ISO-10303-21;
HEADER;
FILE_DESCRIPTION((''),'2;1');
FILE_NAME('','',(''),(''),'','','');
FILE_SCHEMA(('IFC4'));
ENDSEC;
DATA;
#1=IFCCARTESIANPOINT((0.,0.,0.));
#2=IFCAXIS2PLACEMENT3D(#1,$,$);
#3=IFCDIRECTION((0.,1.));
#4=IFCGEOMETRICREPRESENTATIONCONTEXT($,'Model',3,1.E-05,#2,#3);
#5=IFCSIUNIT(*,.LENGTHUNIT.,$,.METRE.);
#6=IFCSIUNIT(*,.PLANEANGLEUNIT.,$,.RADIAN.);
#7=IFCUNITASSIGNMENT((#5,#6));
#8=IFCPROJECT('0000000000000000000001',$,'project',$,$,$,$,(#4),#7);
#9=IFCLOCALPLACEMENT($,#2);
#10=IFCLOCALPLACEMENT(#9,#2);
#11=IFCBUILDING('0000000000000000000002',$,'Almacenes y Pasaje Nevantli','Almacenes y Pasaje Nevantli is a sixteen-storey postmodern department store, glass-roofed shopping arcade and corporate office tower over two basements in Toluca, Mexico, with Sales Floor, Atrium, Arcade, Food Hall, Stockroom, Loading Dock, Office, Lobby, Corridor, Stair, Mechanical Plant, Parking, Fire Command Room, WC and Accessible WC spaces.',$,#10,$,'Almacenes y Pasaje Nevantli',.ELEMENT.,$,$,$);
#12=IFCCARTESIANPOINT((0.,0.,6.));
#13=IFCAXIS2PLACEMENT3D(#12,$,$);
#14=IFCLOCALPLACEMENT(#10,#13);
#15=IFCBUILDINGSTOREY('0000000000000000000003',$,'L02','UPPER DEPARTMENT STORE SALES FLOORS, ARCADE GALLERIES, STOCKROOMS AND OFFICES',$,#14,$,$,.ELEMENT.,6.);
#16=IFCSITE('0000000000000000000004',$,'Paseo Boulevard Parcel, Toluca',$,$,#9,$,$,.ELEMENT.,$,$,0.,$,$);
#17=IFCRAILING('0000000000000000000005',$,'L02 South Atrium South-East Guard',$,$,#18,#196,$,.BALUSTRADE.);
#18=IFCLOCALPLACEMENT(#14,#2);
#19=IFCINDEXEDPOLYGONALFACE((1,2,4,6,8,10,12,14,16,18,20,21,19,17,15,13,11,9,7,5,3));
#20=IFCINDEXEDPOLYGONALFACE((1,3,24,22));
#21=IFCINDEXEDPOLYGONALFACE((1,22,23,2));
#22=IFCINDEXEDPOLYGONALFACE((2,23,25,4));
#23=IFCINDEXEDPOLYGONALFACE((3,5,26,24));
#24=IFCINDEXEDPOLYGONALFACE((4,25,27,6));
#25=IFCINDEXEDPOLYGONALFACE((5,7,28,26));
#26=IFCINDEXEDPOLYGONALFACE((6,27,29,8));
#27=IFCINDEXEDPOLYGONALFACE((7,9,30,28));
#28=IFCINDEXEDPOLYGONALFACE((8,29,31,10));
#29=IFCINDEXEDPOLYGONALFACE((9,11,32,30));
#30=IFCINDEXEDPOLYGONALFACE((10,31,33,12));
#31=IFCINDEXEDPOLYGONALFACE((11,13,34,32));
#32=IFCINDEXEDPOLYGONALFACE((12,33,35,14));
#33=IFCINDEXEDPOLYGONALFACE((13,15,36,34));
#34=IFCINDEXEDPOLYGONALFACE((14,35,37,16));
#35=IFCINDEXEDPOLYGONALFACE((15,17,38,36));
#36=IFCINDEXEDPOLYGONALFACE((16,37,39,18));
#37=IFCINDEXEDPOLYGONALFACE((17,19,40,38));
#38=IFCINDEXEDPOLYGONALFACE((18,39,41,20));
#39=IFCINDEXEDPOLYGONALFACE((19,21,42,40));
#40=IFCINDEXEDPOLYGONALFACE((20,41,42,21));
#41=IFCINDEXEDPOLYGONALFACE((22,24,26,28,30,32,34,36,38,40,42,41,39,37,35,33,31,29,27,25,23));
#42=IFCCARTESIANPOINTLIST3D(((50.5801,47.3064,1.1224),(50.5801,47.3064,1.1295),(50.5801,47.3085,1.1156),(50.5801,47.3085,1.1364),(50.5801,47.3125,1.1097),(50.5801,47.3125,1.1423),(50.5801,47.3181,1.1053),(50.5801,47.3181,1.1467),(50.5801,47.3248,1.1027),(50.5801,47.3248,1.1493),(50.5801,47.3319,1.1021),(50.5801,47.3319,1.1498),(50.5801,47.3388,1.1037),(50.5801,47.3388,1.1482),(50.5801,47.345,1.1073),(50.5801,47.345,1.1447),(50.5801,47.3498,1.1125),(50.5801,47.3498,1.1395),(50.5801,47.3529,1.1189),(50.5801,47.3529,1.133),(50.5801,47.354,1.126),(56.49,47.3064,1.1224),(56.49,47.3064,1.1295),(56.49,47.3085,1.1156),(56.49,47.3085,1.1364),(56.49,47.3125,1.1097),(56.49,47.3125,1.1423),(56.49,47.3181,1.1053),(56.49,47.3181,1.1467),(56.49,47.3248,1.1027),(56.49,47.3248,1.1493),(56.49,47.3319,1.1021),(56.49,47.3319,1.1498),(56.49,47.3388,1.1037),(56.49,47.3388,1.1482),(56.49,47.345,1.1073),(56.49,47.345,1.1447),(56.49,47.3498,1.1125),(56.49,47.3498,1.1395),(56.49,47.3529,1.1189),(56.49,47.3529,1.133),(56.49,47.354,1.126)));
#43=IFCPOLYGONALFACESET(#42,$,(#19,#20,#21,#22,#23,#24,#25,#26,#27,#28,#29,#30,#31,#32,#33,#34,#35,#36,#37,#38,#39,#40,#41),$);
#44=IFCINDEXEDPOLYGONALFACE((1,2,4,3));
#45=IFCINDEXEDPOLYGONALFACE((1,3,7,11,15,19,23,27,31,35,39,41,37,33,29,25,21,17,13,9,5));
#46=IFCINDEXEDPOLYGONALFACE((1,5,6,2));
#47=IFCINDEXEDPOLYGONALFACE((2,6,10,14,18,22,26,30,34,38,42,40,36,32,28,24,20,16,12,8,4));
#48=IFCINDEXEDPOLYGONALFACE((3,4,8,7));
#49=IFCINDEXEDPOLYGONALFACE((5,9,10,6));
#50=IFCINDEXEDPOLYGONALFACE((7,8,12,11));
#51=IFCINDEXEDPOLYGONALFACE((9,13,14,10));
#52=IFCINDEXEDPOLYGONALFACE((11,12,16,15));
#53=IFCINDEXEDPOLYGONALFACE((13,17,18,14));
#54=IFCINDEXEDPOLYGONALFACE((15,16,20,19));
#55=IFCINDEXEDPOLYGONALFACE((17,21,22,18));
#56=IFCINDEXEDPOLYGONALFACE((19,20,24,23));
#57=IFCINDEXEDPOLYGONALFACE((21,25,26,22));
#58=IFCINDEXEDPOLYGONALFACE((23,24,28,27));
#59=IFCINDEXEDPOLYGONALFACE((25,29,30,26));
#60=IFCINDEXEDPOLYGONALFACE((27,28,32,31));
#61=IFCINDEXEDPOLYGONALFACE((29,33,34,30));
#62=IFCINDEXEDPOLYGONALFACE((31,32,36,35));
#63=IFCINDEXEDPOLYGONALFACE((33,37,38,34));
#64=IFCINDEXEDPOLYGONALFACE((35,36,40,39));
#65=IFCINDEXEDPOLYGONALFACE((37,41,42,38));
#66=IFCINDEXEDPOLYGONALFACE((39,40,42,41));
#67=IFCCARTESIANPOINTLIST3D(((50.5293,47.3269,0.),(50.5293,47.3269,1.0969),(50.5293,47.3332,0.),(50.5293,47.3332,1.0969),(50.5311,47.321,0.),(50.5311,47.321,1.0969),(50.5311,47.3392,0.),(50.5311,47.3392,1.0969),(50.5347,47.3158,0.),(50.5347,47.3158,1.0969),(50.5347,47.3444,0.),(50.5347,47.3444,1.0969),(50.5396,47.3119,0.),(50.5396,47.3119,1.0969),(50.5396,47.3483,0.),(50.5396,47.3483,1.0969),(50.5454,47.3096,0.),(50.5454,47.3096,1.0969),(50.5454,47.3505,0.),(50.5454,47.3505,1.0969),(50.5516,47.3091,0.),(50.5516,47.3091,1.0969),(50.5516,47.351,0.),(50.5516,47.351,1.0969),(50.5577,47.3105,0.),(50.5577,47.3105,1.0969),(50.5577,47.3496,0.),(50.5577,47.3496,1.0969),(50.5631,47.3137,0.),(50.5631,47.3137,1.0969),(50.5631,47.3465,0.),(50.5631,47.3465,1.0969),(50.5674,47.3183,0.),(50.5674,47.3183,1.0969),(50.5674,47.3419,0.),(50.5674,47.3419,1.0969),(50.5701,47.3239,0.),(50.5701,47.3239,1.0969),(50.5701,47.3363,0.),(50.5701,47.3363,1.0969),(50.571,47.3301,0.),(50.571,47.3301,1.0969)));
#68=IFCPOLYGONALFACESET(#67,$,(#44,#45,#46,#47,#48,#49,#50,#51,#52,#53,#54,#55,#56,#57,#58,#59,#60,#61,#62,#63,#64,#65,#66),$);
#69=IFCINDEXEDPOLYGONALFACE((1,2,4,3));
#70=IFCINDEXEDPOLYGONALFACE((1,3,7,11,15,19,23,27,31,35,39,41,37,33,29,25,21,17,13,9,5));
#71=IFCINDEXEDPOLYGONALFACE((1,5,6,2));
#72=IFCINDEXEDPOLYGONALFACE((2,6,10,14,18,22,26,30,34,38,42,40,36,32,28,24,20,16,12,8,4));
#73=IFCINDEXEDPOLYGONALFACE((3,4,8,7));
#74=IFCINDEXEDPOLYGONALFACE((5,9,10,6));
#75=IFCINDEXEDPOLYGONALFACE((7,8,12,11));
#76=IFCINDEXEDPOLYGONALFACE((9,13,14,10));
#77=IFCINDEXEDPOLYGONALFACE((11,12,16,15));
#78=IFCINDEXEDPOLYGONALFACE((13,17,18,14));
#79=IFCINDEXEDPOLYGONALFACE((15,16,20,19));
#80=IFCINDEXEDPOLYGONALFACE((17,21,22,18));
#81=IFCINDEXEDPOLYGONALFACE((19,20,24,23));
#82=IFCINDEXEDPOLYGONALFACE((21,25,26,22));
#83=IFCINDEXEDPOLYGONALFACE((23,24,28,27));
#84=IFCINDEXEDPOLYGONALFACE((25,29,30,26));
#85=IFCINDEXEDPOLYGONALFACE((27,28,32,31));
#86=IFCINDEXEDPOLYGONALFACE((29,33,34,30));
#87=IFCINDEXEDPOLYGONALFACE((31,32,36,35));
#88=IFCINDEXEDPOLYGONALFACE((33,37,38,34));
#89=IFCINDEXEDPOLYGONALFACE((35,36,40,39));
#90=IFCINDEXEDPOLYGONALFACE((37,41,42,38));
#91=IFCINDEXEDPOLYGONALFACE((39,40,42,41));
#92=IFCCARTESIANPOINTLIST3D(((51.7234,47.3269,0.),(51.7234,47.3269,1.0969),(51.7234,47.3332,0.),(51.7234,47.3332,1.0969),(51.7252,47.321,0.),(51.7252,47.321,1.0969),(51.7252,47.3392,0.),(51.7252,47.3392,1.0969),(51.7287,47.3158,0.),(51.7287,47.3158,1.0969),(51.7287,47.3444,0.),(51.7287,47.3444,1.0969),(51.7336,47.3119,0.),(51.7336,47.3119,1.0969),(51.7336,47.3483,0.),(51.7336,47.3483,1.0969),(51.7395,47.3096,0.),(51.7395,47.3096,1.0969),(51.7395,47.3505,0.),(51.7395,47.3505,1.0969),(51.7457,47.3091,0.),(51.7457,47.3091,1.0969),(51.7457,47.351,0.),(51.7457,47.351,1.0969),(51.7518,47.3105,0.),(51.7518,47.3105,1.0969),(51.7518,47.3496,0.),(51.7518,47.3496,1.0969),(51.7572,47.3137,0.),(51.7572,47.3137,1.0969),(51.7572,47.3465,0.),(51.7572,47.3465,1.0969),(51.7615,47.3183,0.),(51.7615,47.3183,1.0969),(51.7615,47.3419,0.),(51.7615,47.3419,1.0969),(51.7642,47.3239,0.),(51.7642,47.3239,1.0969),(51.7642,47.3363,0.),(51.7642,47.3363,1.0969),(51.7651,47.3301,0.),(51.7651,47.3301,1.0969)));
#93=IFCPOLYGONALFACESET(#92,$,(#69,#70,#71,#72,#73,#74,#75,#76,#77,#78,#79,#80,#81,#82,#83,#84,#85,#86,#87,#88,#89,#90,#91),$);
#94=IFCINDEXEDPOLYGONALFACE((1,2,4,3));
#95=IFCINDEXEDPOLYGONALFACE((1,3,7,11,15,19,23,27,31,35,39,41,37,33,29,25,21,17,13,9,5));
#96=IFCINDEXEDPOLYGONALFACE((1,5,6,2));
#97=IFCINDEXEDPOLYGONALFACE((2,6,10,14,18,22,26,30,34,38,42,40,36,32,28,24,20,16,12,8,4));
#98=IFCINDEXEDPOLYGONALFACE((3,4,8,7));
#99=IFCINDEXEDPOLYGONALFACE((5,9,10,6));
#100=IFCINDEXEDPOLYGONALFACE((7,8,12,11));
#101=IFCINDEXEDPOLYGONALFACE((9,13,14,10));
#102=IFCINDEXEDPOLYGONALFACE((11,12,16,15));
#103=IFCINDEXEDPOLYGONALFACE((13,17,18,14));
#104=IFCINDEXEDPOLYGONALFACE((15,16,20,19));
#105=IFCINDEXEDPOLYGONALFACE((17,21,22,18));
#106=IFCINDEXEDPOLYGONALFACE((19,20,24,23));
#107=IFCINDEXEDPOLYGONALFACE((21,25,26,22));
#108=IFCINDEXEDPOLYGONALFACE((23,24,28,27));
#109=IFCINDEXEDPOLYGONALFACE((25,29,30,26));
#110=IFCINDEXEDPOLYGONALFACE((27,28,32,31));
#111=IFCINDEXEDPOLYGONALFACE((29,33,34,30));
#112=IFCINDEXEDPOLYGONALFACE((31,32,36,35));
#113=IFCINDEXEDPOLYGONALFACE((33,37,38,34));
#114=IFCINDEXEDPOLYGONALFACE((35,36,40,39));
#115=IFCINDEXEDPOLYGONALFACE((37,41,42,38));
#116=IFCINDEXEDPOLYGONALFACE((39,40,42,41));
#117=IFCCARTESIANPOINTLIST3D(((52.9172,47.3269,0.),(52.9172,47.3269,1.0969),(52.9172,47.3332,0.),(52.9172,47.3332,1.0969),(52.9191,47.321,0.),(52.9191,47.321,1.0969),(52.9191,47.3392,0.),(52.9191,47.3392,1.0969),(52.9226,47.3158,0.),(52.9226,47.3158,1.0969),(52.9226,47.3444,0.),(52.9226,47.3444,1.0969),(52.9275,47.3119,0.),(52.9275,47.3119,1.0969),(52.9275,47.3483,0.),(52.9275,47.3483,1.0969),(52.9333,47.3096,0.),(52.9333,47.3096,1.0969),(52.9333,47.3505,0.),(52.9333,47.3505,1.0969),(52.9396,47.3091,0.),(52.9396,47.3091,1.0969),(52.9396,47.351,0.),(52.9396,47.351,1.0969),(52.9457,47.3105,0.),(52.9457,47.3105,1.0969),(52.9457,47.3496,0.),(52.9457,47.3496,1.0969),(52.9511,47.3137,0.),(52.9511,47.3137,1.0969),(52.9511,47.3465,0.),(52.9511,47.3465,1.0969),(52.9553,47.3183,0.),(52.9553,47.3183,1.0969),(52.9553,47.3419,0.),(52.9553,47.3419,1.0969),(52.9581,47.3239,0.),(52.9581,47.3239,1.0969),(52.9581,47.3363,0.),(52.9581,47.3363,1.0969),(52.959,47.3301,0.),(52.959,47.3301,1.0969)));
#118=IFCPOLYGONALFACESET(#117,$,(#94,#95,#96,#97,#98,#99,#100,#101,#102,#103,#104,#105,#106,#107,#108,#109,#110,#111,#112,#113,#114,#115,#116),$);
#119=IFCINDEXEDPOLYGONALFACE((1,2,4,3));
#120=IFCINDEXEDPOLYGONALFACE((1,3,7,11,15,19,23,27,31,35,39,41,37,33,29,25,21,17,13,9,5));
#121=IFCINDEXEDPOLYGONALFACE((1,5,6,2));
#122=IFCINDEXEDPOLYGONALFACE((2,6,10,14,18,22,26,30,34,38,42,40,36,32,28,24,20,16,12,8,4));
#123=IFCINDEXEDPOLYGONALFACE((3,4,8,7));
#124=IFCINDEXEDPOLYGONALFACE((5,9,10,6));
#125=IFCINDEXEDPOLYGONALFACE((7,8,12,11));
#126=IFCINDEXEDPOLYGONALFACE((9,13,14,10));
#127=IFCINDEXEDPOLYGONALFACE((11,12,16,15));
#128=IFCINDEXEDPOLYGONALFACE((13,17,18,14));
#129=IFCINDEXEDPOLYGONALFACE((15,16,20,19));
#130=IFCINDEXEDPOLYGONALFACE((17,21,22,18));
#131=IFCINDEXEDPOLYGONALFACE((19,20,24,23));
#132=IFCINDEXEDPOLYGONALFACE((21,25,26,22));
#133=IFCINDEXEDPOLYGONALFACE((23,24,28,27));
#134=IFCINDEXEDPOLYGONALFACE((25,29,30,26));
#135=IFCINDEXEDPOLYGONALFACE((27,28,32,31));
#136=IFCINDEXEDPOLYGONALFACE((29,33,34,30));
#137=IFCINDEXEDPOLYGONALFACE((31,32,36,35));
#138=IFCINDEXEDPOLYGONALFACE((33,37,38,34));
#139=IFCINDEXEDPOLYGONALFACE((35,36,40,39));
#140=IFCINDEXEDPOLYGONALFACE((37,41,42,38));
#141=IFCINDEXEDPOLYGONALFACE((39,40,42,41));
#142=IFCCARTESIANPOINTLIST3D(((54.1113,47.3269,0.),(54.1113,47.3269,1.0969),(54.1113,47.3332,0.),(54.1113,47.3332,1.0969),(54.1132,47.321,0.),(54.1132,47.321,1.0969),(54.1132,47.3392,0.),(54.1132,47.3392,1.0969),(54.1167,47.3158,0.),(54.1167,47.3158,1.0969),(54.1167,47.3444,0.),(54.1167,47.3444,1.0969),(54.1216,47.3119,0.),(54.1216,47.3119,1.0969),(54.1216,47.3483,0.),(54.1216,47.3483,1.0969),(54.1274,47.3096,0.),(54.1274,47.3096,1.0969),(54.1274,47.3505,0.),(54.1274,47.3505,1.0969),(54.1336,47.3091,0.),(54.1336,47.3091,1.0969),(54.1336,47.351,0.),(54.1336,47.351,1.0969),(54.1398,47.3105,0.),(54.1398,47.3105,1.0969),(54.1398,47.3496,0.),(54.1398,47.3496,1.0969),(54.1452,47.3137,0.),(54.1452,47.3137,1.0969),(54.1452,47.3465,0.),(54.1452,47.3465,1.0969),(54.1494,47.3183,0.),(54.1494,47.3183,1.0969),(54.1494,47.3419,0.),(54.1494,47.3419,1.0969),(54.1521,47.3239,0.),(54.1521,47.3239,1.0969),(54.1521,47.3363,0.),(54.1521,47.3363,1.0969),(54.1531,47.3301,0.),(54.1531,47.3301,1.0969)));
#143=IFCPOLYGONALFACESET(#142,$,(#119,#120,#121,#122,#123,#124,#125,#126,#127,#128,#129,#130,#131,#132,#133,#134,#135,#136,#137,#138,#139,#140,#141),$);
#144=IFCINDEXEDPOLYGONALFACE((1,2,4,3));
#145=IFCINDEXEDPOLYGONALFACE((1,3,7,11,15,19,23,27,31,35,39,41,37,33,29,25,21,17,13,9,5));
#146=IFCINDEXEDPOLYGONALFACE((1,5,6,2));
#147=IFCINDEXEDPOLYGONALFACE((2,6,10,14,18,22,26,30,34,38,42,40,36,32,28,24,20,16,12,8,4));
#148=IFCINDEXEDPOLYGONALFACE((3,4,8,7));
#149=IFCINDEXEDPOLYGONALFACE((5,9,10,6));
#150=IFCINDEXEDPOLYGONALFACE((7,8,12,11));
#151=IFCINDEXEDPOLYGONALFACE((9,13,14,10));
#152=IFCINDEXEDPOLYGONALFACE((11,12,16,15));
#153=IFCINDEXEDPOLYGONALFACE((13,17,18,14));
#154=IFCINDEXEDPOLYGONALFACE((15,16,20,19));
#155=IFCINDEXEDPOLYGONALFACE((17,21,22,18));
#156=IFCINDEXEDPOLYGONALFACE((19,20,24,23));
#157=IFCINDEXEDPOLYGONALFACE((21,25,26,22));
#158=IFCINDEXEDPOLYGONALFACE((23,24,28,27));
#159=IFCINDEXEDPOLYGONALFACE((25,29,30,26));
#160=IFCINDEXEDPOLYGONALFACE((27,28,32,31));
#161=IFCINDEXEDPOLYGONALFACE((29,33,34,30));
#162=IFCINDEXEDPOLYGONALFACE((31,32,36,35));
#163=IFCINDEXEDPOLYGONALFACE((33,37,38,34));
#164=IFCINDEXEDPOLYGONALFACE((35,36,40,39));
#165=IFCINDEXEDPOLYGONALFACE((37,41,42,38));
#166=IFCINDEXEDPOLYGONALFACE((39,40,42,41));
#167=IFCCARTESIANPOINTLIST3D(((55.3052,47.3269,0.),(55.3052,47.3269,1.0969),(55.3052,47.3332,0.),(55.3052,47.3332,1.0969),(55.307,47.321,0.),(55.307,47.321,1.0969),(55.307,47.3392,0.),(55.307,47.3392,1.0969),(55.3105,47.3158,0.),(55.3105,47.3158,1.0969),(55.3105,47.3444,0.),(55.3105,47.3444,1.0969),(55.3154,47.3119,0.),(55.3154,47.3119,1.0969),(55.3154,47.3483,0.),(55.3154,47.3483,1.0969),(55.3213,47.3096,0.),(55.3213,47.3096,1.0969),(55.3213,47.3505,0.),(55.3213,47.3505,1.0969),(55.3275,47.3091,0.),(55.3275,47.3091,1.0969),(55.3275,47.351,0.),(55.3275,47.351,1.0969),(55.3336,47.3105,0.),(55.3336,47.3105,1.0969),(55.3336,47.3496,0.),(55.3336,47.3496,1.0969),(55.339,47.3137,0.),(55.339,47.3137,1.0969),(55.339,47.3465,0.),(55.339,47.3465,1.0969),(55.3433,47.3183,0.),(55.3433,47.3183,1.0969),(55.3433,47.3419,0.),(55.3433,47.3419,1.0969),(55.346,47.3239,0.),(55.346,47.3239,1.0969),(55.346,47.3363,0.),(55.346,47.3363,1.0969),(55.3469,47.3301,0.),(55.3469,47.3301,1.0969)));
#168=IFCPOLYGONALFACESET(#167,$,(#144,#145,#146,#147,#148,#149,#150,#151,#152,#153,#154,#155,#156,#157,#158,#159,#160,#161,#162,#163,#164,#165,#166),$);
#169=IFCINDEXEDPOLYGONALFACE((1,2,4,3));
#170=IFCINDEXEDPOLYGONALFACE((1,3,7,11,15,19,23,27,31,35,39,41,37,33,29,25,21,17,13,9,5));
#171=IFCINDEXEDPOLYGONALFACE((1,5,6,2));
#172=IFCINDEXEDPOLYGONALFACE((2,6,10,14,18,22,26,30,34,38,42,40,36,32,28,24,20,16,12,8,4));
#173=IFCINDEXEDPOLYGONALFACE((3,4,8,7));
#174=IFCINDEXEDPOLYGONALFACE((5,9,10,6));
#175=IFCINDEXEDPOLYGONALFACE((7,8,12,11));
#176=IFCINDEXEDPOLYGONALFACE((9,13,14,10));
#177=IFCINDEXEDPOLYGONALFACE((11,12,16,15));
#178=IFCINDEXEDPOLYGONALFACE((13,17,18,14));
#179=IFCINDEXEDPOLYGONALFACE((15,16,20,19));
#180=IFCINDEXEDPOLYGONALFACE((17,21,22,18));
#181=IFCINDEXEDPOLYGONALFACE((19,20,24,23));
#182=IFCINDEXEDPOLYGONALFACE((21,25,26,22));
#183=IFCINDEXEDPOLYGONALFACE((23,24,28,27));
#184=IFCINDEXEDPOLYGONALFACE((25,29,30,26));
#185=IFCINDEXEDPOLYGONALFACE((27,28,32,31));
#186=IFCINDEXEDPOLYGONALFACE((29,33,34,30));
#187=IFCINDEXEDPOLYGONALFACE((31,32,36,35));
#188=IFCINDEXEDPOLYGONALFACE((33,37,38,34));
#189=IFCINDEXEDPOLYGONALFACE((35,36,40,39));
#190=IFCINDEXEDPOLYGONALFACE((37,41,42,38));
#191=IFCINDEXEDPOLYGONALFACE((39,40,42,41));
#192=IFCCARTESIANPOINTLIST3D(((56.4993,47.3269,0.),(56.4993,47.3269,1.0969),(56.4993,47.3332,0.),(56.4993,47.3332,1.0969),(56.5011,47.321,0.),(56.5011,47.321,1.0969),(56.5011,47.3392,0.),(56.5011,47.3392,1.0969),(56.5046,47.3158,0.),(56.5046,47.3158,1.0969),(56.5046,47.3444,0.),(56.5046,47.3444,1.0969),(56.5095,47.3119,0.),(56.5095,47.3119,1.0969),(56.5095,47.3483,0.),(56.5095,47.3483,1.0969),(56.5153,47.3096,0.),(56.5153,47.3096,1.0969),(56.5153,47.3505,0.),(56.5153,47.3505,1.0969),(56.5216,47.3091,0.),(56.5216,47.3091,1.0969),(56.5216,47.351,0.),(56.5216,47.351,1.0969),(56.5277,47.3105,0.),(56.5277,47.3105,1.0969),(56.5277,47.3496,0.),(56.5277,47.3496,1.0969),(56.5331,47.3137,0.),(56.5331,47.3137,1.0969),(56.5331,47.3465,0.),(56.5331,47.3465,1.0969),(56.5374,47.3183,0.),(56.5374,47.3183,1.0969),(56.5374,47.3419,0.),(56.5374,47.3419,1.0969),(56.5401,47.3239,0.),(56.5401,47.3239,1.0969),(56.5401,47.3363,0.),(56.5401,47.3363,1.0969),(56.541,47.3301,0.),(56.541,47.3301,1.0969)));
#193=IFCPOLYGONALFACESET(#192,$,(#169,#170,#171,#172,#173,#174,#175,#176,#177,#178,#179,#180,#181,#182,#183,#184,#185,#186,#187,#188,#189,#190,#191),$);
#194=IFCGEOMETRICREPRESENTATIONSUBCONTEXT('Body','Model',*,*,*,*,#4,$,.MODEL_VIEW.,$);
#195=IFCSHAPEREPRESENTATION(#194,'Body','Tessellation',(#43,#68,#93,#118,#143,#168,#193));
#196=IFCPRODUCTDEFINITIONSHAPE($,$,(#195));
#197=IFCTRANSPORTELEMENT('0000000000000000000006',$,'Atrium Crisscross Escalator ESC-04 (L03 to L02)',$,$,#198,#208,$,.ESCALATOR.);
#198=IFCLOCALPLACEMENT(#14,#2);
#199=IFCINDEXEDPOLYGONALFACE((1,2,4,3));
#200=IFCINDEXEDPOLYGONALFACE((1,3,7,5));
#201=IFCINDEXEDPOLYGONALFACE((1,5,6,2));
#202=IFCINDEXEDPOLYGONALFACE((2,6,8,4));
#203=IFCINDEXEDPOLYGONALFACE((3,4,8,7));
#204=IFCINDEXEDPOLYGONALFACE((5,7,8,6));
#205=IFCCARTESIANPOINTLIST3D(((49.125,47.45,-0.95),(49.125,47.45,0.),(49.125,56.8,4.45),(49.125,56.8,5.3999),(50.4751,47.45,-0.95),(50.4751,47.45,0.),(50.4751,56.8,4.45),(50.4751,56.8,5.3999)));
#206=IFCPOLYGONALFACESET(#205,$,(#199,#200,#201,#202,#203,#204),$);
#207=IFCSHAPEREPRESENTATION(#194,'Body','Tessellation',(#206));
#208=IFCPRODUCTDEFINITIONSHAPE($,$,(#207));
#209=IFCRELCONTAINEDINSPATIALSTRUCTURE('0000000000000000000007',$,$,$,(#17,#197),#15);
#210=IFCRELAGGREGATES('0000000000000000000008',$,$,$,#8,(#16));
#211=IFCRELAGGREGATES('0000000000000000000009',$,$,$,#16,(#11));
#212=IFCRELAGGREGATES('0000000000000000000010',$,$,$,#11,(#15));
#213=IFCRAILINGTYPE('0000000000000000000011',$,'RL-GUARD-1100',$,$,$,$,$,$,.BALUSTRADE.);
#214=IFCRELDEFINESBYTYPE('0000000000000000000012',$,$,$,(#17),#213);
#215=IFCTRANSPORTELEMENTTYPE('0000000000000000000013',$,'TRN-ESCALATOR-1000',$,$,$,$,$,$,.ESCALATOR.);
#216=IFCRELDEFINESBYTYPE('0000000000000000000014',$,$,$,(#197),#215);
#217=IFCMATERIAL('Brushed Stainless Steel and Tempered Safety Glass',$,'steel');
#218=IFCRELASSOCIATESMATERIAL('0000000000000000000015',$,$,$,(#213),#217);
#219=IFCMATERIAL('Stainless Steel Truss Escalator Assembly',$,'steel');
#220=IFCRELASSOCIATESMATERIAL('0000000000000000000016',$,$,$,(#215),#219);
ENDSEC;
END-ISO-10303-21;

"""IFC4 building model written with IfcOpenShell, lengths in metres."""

from ifc_helpers import new_model, si_unit, direction, frame, origin, origin_2d, place, context, subcontext, project, spatial, polyline, circle, outline, extrude, material, type_object, element, save


model = new_model("IFC4")

# Units and contexts
model_context = context("Model", 3, precision=1e-05, world=origin(), true_north=direction((0.0, 1.0)))
body_context = subcontext(model_context, "Body", "Model", "MODEL_VIEW")
ifc_project = project(units=[si_unit("LENGTHUNIT", "METRE"), si_unit("PLANEANGLEUNIT", "RADIAN")], contexts=[model_context])

# Site, building, storey
site_placement = place(None, origin())
site = spatial("IfcSite", under=ifc_project, at=site_placement, Name="Paseo Boulevard Parcel, Toluca", CompositionType="ELEMENT", RefElevation=0.0)
building_placement = place(site_placement, origin())
building = spatial("IfcBuilding", under=site, at=building_placement, Name="Almacenes y Pasaje Nevantli", Description="Almacenes y Pasaje Nevantli is a sixteen-storey postmodern department store, glass-roofed shopping arcade and corporate office tower over two basements in Toluca, Mexico, with Sales Floor, Atrium, Arcade, Food Hall, Stockroom, Loading Dock, Office, Lobby, Corridor, Stair, Mechanical Plant, Parking, Fire Command Room, WC and Accessible WC spaces.", LongName="Almacenes y Pasaje Nevantli", CompositionType="ELEMENT")
storey_placement = place(building_placement, frame((0.0, 0.0, 6.0)))
storey = spatial("IfcBuildingStorey", under=building, at=storey_placement, Name="L02", Description="UPPER DEPARTMENT STORE SALES FLOORS, ARCADE GALLERIES, STOCKROOMS AND OFFICES", CompositionType="ELEMENT", Elevation=6.0)

# Railing
ifc_material_1 = material(Name="Brushed Stainless Steel and Tempered Safety Glass", Category="steel")
railing_type = type_object("IfcRailingType", Name="RL-GUARD-1100", PredefinedType="BALUSTRADE", material=ifc_material_1)
railing_1_placement = place(storey_placement, frame((50.55, 47.3301, 0.0)))
element("IfcRailing", 1, at=railing_1_placement, inside=storey, type_object=railing_type, Name="L02 South Atrium South-East Guard", PredefinedType="BALUSTRADE", context=body_context, shape_type="SweptSolid", body=[
    extrude(circle(Radius=0.0239, at=origin_2d()), frame((0.03, 0.0, 1.126), z_axis=(1.0, 0.0, 0.0), x_axis=(0.0, 1.0, 0.0)), (0.0, 0.0, 1.0), 5.9099),
    extrude(circle(Radius=0.021, at=origin_2d()), origin(), (0.0, 0.0, 1.0), 1.0969),
    extrude(circle(Radius=0.021, at=origin_2d()), frame((1.1941, 0.0, 0.0)), (0.0, 0.0, 1.0), 1.0969),
    extrude(circle(Radius=0.021, at=origin_2d()), frame((2.3879, 0.0, 0.0)), (0.0, 0.0, 1.0), 1.0969),
    extrude(circle(Radius=0.021, at=origin_2d()), frame((3.582, 0.0, 0.0)), (0.0, 0.0, 1.0), 1.0969),
    extrude(circle(Radius=0.021, at=origin_2d()), frame((4.7759, 0.0, 0.0)), (0.0, 0.0, 1.0), 1.0969),
    extrude(circle(Radius=0.021, at=origin_2d()), frame((5.97, 0.0, 0.0)), (0.0, 0.0, 1.0), 1.0969),
])

# Transport element
ifc_material_2 = material(Name="Stainless Steel Truss Escalator Assembly", Category="steel")
transport_element_type = type_object("IfcTransportElementType", Name="TRN-ESCALATOR-1000", PredefinedType="ESCALATOR", material=ifc_material_2)
transport_element_placement = place(storey_placement, frame((49.8, 47.45, 0.0), z_axis=(0.0, 0.0, 1.0), x_axis=(0.0, 1.0, 0.0)))
element("IfcTransportElement", 2, at=transport_element_placement, inside=storey, type_object=transport_element_type, Name="Atrium Crisscross Escalator ESC-04 (L03 to L02)", PredefinedType="ESCALATOR", context=body_context, shape_type="SweptSolid", body=[
    extrude(outline(polyline([(0.0, -0.95), (9.3501, 4.45), (9.3501, 5.3999), (0.0, 0.0), (0.0, -0.95)])), frame((0.0, 0.675, 0.0), z_axis=(0.0, -1.0, 0.0), x_axis=(1.0, 0.0, 0.0)), (0.0, 0.0, 1.0), 1.3501),
])

save(model, "model.ifc")
